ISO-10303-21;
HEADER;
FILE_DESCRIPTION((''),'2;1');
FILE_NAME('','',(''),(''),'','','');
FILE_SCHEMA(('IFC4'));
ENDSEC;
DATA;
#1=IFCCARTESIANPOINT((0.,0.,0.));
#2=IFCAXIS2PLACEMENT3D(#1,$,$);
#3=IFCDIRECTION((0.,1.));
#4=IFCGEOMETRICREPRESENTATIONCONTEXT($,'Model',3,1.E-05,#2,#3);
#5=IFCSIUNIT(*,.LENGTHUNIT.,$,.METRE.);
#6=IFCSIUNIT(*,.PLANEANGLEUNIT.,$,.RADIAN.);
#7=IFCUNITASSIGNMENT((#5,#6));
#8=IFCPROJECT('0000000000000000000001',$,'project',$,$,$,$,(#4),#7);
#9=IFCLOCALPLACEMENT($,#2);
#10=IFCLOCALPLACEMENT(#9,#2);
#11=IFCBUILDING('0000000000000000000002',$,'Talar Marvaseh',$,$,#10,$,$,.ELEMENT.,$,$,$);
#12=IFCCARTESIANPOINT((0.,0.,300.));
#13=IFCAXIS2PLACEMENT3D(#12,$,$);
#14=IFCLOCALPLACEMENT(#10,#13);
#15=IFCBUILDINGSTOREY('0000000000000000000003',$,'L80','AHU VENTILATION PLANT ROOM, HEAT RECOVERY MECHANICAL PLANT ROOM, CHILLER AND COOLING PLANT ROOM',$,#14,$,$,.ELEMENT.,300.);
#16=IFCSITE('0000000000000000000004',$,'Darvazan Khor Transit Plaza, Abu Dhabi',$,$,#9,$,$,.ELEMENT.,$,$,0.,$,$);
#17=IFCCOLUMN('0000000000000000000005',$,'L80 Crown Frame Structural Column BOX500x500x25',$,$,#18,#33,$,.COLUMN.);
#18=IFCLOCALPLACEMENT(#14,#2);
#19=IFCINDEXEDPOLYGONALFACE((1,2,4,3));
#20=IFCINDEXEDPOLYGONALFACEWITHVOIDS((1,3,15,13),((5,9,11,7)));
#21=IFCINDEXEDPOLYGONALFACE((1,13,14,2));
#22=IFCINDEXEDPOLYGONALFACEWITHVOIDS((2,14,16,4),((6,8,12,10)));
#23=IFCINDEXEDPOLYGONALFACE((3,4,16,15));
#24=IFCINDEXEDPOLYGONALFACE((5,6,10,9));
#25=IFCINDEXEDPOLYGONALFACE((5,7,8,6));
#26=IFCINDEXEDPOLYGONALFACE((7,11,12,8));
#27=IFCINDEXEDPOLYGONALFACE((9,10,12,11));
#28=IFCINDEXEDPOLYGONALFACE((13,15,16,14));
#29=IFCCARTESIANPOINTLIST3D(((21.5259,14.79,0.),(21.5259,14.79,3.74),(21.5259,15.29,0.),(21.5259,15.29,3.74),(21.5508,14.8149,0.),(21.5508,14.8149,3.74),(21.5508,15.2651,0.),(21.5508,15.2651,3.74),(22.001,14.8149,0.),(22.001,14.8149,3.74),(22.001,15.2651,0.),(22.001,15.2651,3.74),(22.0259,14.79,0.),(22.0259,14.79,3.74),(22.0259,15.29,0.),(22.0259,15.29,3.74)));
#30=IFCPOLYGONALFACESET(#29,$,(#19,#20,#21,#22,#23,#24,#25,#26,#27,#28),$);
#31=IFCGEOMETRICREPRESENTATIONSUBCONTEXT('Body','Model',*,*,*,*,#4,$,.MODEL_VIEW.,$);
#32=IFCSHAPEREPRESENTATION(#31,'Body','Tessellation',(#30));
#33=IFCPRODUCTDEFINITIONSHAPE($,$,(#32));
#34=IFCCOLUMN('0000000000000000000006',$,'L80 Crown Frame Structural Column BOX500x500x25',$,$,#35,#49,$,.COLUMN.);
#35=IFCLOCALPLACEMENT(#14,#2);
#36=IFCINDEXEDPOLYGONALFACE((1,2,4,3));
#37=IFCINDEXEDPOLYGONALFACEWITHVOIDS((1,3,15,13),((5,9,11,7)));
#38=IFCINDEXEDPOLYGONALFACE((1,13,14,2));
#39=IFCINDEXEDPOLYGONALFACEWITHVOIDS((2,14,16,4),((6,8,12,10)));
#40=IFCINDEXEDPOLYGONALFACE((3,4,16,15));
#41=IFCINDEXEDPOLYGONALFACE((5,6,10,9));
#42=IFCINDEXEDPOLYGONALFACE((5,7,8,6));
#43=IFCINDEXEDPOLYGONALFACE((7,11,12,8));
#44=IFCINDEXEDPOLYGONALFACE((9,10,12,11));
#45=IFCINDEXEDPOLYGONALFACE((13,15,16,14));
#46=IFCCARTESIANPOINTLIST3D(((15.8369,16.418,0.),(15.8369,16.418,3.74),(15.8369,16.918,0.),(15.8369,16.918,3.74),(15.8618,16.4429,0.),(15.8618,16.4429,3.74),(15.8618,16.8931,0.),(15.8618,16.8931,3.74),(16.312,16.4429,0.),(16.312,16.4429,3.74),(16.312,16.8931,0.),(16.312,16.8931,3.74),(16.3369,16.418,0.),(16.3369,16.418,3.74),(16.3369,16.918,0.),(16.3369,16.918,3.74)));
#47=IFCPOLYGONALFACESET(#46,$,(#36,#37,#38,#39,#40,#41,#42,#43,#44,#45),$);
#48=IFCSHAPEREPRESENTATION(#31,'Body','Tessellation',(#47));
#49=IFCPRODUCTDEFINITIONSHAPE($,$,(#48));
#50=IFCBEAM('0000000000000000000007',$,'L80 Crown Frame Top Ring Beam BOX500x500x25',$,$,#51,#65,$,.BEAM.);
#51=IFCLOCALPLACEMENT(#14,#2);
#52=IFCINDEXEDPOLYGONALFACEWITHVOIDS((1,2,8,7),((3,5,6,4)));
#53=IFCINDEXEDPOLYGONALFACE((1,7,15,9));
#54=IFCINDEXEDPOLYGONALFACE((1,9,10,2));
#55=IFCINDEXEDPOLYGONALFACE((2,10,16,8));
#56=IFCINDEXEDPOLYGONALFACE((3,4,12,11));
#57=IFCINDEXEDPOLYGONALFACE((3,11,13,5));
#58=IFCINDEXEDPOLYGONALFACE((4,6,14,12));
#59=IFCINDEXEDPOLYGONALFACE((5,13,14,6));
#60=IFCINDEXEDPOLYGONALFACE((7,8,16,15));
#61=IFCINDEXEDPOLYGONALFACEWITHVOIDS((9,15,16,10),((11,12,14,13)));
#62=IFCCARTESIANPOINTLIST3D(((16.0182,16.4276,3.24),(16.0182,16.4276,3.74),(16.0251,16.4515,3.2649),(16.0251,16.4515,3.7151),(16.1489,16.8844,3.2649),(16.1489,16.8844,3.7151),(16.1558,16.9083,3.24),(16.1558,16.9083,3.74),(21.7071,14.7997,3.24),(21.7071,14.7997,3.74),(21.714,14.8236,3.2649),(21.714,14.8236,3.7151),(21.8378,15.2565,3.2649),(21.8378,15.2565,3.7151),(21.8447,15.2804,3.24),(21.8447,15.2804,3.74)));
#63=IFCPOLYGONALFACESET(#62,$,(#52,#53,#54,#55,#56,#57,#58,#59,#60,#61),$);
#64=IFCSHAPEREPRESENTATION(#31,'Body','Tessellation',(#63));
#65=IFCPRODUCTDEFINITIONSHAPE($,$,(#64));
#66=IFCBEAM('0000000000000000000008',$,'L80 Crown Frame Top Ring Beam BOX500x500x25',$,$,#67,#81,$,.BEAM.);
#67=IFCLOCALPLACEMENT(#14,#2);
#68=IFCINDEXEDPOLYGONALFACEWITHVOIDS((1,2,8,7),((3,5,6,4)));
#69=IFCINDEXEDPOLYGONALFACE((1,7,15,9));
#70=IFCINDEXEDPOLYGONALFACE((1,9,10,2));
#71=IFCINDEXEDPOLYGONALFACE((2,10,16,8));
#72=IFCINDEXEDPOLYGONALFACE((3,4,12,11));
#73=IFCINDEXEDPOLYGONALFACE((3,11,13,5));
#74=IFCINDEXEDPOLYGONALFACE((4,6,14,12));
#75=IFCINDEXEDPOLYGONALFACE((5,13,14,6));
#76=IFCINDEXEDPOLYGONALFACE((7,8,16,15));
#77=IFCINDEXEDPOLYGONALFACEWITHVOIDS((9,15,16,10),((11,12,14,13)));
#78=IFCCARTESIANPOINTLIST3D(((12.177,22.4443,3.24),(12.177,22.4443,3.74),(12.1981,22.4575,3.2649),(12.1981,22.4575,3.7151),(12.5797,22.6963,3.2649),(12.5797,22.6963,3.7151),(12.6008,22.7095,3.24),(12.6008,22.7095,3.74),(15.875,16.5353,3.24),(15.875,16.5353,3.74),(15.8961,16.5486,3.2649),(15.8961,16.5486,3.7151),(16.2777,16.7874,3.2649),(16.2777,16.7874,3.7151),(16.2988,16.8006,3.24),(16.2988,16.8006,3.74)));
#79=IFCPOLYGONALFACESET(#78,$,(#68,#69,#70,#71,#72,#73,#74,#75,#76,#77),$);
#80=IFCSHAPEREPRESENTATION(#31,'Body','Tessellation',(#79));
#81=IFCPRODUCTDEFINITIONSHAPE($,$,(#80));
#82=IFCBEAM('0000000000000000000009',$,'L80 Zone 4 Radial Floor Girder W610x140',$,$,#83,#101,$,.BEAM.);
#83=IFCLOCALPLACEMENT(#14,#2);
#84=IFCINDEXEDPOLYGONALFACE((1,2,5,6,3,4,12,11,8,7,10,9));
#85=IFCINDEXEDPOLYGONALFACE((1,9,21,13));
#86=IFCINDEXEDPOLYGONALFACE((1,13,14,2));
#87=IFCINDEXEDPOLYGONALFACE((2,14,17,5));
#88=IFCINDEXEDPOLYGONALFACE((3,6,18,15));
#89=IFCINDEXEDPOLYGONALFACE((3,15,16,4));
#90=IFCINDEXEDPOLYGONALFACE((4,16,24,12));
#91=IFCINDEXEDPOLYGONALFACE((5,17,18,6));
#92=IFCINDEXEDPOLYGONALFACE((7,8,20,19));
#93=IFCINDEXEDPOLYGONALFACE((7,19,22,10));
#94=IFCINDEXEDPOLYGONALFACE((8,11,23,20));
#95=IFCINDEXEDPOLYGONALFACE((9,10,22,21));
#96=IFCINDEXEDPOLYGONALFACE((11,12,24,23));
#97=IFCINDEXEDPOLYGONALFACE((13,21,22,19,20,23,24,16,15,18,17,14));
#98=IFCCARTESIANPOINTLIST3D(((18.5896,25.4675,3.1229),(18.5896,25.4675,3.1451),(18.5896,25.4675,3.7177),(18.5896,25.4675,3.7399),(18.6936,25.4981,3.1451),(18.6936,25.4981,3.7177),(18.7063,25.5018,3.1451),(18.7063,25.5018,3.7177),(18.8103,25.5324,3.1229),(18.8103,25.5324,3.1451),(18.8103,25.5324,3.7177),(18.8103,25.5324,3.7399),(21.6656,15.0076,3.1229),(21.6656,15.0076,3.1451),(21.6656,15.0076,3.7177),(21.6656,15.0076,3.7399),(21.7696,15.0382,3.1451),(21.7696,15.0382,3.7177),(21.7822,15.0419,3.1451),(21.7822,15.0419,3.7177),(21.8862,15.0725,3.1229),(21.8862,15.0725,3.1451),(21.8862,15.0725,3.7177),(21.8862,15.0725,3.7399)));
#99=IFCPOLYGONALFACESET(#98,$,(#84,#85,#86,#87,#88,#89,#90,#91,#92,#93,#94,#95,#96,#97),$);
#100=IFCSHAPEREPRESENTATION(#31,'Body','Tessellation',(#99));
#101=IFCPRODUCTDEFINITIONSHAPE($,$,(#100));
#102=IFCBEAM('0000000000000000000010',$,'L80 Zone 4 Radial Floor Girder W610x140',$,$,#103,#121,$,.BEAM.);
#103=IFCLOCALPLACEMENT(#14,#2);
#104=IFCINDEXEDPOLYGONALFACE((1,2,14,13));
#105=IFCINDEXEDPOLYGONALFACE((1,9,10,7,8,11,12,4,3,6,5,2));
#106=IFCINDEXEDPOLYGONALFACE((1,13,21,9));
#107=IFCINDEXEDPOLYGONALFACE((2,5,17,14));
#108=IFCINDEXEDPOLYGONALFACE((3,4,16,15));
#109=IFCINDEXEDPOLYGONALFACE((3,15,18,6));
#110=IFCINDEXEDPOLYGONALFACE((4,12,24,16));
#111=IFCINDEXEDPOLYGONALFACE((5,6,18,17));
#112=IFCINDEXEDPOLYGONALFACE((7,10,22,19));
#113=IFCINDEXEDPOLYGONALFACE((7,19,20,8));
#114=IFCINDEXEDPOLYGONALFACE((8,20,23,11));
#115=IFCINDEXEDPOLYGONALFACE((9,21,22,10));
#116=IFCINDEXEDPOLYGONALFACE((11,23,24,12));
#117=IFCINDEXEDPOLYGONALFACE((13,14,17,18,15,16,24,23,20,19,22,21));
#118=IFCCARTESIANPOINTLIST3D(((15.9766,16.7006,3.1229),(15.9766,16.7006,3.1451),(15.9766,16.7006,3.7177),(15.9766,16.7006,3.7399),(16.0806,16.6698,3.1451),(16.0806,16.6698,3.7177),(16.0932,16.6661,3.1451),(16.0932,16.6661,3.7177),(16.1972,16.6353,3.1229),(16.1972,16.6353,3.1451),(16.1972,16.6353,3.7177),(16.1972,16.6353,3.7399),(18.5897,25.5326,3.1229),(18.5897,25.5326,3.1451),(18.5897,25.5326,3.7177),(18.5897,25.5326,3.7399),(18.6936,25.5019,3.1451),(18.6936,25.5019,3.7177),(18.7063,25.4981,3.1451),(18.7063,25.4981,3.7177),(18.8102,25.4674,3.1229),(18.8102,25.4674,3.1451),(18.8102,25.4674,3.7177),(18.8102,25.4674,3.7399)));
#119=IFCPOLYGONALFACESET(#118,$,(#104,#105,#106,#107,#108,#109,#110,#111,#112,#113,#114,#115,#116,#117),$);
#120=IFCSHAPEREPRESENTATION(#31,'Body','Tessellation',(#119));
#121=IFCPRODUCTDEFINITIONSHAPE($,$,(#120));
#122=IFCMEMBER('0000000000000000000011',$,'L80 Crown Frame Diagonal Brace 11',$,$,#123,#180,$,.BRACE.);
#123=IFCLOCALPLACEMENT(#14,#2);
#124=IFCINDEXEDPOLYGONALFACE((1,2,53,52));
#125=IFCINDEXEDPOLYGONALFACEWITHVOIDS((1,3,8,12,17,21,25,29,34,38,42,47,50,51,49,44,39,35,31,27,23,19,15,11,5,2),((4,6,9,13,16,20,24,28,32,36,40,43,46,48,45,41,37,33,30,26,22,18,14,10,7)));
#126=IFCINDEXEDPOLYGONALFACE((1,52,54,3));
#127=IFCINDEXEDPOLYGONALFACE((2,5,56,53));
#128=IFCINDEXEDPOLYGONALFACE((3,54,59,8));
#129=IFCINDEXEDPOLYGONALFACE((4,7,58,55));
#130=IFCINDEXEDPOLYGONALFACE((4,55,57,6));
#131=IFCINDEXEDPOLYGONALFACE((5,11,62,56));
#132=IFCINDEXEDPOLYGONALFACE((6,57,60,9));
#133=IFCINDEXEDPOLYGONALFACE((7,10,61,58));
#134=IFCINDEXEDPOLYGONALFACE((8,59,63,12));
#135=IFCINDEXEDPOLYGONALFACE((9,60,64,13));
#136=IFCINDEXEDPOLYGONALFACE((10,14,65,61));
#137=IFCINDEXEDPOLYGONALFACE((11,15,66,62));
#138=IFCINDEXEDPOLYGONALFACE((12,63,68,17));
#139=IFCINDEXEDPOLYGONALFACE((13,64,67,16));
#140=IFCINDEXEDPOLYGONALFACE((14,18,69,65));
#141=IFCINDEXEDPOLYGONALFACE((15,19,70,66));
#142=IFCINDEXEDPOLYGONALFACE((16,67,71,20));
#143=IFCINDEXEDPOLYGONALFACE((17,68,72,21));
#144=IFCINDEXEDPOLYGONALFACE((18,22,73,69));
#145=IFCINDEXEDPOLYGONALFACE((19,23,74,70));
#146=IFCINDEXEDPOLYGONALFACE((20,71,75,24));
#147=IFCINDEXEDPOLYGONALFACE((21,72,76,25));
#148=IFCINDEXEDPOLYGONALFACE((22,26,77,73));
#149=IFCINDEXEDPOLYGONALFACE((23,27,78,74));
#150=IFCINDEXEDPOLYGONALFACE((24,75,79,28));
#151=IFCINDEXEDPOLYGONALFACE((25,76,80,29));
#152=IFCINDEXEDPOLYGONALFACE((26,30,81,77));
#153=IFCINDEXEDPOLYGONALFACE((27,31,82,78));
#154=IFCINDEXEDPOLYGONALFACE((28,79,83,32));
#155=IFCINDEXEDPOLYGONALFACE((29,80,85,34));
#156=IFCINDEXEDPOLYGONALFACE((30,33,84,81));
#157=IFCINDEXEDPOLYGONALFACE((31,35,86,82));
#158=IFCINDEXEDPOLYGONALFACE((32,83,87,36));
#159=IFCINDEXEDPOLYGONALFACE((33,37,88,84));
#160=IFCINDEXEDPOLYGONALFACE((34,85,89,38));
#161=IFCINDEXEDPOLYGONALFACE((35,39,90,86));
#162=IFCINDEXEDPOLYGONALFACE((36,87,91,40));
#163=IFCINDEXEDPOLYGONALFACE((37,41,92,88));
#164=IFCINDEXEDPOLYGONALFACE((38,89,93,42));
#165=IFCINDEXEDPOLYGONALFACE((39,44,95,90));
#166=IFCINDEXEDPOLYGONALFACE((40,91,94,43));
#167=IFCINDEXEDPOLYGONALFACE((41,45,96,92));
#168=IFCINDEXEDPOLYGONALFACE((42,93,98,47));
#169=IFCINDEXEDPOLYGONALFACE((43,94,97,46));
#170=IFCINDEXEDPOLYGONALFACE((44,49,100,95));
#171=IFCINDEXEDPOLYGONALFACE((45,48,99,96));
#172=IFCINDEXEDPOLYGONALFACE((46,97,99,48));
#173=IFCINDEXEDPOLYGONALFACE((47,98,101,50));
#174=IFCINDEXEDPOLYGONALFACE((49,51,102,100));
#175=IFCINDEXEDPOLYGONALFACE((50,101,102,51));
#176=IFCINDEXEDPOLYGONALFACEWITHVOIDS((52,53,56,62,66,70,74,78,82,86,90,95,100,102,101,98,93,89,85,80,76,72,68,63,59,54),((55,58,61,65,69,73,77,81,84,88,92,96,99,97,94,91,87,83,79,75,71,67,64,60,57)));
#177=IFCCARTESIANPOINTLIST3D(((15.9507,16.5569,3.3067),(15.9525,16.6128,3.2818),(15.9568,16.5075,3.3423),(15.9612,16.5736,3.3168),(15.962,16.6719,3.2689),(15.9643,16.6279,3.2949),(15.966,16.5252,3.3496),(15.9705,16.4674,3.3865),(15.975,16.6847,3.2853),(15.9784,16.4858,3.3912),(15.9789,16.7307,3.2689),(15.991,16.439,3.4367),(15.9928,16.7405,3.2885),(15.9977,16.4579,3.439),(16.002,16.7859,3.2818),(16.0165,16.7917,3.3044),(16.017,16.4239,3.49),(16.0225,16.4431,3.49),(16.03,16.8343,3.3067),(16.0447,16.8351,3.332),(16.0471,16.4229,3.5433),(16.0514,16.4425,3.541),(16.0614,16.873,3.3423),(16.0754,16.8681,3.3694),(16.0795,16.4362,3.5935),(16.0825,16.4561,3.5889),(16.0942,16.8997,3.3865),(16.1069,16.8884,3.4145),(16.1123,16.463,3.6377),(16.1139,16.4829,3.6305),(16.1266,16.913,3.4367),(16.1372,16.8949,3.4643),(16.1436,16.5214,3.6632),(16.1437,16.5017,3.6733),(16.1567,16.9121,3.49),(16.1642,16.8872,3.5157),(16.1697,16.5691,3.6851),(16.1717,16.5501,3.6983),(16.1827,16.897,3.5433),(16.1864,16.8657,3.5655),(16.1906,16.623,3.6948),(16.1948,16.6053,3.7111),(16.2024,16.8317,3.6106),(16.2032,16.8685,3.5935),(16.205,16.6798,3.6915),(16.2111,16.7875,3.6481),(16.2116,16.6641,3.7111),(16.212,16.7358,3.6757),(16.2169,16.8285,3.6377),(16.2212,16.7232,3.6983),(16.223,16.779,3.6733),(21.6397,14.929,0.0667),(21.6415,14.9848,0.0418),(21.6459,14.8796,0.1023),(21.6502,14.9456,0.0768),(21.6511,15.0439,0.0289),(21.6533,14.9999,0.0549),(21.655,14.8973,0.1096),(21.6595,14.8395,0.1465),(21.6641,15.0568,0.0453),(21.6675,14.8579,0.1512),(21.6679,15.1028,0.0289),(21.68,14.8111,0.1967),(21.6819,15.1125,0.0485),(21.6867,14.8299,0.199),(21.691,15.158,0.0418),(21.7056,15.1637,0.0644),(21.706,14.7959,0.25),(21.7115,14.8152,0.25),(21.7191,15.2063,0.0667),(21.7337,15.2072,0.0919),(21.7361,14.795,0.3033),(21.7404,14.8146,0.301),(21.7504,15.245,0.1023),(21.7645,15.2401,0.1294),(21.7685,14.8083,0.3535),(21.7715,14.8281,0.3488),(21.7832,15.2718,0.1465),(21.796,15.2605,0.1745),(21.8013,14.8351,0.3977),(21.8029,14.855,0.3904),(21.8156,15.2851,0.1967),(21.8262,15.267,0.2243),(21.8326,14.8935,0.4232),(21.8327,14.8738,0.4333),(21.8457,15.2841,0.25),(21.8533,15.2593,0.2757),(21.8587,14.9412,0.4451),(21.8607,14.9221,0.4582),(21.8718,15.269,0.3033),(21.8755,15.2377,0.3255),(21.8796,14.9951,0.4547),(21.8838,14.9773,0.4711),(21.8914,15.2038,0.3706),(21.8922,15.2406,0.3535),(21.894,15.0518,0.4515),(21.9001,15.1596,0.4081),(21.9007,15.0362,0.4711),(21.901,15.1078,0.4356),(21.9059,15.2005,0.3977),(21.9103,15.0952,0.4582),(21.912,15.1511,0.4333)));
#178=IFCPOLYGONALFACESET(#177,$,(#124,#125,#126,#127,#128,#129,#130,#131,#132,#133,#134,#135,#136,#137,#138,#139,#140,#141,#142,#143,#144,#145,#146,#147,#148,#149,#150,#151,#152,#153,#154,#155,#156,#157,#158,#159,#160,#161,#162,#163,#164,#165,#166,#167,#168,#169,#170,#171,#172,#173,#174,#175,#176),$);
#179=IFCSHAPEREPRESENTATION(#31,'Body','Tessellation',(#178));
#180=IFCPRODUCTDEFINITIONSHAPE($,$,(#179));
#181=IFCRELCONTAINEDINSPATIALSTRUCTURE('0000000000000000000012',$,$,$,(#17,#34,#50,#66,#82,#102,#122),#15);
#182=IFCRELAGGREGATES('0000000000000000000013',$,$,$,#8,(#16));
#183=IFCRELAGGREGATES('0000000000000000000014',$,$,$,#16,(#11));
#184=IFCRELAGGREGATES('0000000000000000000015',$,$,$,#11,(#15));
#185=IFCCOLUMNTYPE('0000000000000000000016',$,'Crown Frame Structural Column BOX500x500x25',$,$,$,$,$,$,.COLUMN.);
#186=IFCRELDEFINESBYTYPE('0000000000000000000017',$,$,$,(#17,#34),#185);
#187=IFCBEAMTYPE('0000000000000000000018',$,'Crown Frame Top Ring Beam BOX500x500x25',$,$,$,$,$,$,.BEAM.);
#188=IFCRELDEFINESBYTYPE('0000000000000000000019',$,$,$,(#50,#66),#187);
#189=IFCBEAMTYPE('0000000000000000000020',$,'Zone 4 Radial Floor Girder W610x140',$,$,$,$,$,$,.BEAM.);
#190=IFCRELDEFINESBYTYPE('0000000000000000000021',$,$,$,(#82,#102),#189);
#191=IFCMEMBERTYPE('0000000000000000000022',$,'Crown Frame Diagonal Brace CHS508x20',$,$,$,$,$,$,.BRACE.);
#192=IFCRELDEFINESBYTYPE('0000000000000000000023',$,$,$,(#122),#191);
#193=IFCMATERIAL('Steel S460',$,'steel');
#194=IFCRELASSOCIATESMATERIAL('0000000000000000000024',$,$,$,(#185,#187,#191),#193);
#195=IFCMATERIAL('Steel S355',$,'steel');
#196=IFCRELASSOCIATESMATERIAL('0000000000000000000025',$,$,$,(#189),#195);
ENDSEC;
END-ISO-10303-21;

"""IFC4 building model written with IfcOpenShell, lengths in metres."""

from ifc_helpers import new_model, si_unit, direction, frame, origin, origin_2d, place, context, subcontext, project, spatial, hollow_rectangle, hollow_circle, i_section, extrude, source, transform, mapped, material, material_profile, profile_set, type_object, type_shapes, element, save


model = new_model("IFC4")

# Units and contexts
model_context = context("Model", 3, precision=1e-05, world=origin(), true_north=direction((0.0, 1.0)))
body_context = subcontext(model_context, "Body", "Model", "MODEL_VIEW")
ifc_project = project(units=[si_unit("LENGTHUNIT", "METRE"), si_unit("PLANEANGLEUNIT", "RADIAN")], contexts=[model_context])

# Site, building, storey
site_placement = place(None, origin())
site = spatial("IfcSite", under=ifc_project, at=site_placement, Name="Darvazan Khor Transit Plaza, Abu Dhabi", CompositionType="ELEMENT", RefElevation=0.0)
building_placement = place(site_placement, origin())
building = spatial("IfcBuilding", under=site, at=building_placement, Name="Talar Marvaseh", CompositionType="ELEMENT")
storey_placement = place(building_placement, frame((0.0, 0.0, 300.0)))
storey = spatial("IfcBuildingStorey", under=building, at=storey_placement, Name="L80", Description="AHU VENTILATION PLANT ROOM, HEAT RECOVERY MECHANICAL PLANT ROOM, CHILLER AND COOLING PLANT ROOM", CompositionType="ELEMENT", Elevation=300.0)

# Columns
ifc_material_1 = material(Name="Steel S460", Category="steel")
ifc_material_profile_1 = material_profile(ifc_material_1, hollow_rectangle(XDim=0.5, YDim=0.5, WallThickness=0.0249, at=origin_2d()), Name="BOX500x500x25")
ifc_profile_set_1 = profile_set([ifc_material_profile_1], Name="Steel S460")
column_type = type_object("IfcColumnType", Name="Crown Frame Structural Column BOX500x500x25", PredefinedType="COLUMN", material=ifc_profile_set_1)
for number, where, z_axis, x_axis, name in (
    (1, (21.7759, 15.04, 0.0), (0.0, 0.0, 1.0), (1.0, 0.0, 0.0), "L80 Crown Frame Structural Column BOX500x500x25"),
    (2, (16.0869, 16.668, 0.0), (0.0, 0.0, 1.0), (1.0, 0.0, 0.0), "L80 Crown Frame Structural Column BOX500x500x25"),
):
    element("IfcColumn", number, at=place(storey_placement, frame(where, z_axis=z_axis, x_axis=x_axis)), inside=storey, type_object=column_type, Name=name, PredefinedType="COLUMN", context=body_context, shape_type="SweptSolid", body=[
        extrude(hollow_rectangle(XDim=0.5, YDim=0.5, WallThickness=0.0249, at=origin_2d()), origin(), (0.0, 0.0, 1.0), 3.74),
    ])

# Beams
ifc_material_profile_2 = material_profile(ifc_material_1, hollow_rectangle(XDim=0.5, YDim=0.5, WallThickness=0.0249, at=origin_2d()), Name="BOX500x500x25")
ifc_profile_set_2 = profile_set([ifc_material_profile_2], Name="Steel S460")
beam_type_1 = type_object("IfcBeamType", Name="Crown Frame Top Ring Beam BOX500x500x25", PredefinedType="BEAM", material=ifc_profile_set_2)
beam_1_placement = place(storey_placement, frame((21.7759, 15.04, 3.49), z_axis=(-0.961412, 0.275113, 0.0), x_axis=(-0.275113, -0.961412, 0.0)))
element("IfcBeam", 3, at=beam_1_placement, inside=storey, type_object=beam_type_1, Name="L80 Crown Frame Top Ring Beam BOX500x500x25", PredefinedType="BEAM", context=body_context, shape_type="SweptSolid", body=[
    extrude(hollow_rectangle(XDim=0.5, YDim=0.5, WallThickness=0.0249, at=origin_2d()), origin(), (0.0, 0.0, 1.0), 5.9172),
])
beam_2_placement = place(storey_placement, frame((16.0869, 16.668, 3.49), z_axis=(-0.530506, 0.847681, 0.0), x_axis=(-0.847681, -0.530506, 0.0)))
element("IfcBeam", 4, at=beam_2_placement, inside=storey, type_object=beam_type_1, Name="L80 Crown Frame Top Ring Beam BOX500x500x25", PredefinedType="BEAM", context=body_context, shape_type="SweptSolid", body=[
    extrude(hollow_rectangle(XDim=0.5, YDim=0.5, WallThickness=0.0249, at=origin_2d()), origin(), (0.0, 0.0, 1.0), 6.9707),
])
ifc_material_2 = material(Name="Steel S355", Category="steel")
ifc_material_profile_3 = material_profile(ifc_material_2, i_section(OverallWidth=0.23, OverallDepth=0.6169, WebThickness=0.0132, FlangeThickness=0.0222, at=origin_2d()), Name="W610x140")
ifc_profile_set_3 = profile_set([ifc_material_profile_3], Name="Steel S355")
beam_type_2 = type_object("IfcBeamType", Name="Zone 4 Radial Floor Girder W610x140", PredefinedType="BEAM", material=ifc_profile_set_3)
beam_3_placement = place(storey_placement, frame((21.7759, 15.04, 3.4314), z_axis=(-0.282121, 0.959379, 0.0), x_axis=(-0.959379, -0.282121, 0.0)))
element("IfcBeam", 5, at=beam_3_placement, inside=storey, type_object=beam_type_2, Name="L80 Zone 4 Radial Floor Girder W610x140", PredefinedType="BEAM", context=body_context, shape_type="SweptSolid", body=[
    extrude(i_section(OverallWidth=0.23, OverallDepth=0.6169, WebThickness=0.0132, FlangeThickness=0.0222, at=origin_2d()), origin(), (0.0, 0.0, 1.0), 10.9028),
])
beam_4_placement = place(storey_placement, frame((16.0869, 16.668, 3.4314), z_axis=(0.283703, 0.958912, 0.0), x_axis=(-0.958912, 0.283703, 0.0)))
element("IfcBeam", 6, at=beam_4_placement, inside=storey, type_object=beam_type_2, Name="L80 Zone 4 Radial Floor Girder W610x140", PredefinedType="BEAM", context=body_context, shape_type="SweptSolid", body=[
    extrude(i_section(OverallWidth=0.23, OverallDepth=0.6169, WebThickness=0.0132, FlangeThickness=0.0222, at=origin_2d()), origin(), (0.0, 0.0, 1.0), 9.2104),
])

# Member
ifc_material_profile_4 = material_profile(ifc_material_1, hollow_circle(Radius=0.2539, WallThickness=0.02, at=origin_2d()), Name="CHS508x20")
ifc_profile_set_4 = profile_set([ifc_material_profile_4], Name="Steel S460")
member_type_1 = type_object("IfcMemberType", Name="Crown Frame Diagonal Brace CHS508x20", PredefinedType="BRACE", material=ifc_profile_set_4)
shared_shape_1 = source(origin(), body_context, "Body", "SweptSolid", [
    extrude(hollow_circle(Radius=0.2539, WallThickness=0.02, at=origin_2d()), origin(), (0.0, 0.0, 1.0), 6.7463),
])
type_shapes(member_type_1, [shared_shape_1])
member_1_placement = place(storey_placement, frame((21.7759, 15.04, 0.25), z_axis=(-0.843277, 0.241309, 0.480265), x_axis=(-0.275113, -0.961412, 0.0)))
element("IfcMember", 7, at=member_1_placement, inside=storey, type_object=member_type_1, Name="L80 Crown Frame Diagonal Brace 11", PredefinedType="BRACE", context=body_context, shape_type="MappedRepresentation", body=[
    mapped(shared_shape_1, transform((0.0, 0.0, 0.0), x_axis=(1.0, 0.0, 0.0), y_axis=(0.0, 1.0, 0.0), z_axis=(0.0, 0.0, 1.0), scale=1.0)),
])

save(model, "model.ifc")
